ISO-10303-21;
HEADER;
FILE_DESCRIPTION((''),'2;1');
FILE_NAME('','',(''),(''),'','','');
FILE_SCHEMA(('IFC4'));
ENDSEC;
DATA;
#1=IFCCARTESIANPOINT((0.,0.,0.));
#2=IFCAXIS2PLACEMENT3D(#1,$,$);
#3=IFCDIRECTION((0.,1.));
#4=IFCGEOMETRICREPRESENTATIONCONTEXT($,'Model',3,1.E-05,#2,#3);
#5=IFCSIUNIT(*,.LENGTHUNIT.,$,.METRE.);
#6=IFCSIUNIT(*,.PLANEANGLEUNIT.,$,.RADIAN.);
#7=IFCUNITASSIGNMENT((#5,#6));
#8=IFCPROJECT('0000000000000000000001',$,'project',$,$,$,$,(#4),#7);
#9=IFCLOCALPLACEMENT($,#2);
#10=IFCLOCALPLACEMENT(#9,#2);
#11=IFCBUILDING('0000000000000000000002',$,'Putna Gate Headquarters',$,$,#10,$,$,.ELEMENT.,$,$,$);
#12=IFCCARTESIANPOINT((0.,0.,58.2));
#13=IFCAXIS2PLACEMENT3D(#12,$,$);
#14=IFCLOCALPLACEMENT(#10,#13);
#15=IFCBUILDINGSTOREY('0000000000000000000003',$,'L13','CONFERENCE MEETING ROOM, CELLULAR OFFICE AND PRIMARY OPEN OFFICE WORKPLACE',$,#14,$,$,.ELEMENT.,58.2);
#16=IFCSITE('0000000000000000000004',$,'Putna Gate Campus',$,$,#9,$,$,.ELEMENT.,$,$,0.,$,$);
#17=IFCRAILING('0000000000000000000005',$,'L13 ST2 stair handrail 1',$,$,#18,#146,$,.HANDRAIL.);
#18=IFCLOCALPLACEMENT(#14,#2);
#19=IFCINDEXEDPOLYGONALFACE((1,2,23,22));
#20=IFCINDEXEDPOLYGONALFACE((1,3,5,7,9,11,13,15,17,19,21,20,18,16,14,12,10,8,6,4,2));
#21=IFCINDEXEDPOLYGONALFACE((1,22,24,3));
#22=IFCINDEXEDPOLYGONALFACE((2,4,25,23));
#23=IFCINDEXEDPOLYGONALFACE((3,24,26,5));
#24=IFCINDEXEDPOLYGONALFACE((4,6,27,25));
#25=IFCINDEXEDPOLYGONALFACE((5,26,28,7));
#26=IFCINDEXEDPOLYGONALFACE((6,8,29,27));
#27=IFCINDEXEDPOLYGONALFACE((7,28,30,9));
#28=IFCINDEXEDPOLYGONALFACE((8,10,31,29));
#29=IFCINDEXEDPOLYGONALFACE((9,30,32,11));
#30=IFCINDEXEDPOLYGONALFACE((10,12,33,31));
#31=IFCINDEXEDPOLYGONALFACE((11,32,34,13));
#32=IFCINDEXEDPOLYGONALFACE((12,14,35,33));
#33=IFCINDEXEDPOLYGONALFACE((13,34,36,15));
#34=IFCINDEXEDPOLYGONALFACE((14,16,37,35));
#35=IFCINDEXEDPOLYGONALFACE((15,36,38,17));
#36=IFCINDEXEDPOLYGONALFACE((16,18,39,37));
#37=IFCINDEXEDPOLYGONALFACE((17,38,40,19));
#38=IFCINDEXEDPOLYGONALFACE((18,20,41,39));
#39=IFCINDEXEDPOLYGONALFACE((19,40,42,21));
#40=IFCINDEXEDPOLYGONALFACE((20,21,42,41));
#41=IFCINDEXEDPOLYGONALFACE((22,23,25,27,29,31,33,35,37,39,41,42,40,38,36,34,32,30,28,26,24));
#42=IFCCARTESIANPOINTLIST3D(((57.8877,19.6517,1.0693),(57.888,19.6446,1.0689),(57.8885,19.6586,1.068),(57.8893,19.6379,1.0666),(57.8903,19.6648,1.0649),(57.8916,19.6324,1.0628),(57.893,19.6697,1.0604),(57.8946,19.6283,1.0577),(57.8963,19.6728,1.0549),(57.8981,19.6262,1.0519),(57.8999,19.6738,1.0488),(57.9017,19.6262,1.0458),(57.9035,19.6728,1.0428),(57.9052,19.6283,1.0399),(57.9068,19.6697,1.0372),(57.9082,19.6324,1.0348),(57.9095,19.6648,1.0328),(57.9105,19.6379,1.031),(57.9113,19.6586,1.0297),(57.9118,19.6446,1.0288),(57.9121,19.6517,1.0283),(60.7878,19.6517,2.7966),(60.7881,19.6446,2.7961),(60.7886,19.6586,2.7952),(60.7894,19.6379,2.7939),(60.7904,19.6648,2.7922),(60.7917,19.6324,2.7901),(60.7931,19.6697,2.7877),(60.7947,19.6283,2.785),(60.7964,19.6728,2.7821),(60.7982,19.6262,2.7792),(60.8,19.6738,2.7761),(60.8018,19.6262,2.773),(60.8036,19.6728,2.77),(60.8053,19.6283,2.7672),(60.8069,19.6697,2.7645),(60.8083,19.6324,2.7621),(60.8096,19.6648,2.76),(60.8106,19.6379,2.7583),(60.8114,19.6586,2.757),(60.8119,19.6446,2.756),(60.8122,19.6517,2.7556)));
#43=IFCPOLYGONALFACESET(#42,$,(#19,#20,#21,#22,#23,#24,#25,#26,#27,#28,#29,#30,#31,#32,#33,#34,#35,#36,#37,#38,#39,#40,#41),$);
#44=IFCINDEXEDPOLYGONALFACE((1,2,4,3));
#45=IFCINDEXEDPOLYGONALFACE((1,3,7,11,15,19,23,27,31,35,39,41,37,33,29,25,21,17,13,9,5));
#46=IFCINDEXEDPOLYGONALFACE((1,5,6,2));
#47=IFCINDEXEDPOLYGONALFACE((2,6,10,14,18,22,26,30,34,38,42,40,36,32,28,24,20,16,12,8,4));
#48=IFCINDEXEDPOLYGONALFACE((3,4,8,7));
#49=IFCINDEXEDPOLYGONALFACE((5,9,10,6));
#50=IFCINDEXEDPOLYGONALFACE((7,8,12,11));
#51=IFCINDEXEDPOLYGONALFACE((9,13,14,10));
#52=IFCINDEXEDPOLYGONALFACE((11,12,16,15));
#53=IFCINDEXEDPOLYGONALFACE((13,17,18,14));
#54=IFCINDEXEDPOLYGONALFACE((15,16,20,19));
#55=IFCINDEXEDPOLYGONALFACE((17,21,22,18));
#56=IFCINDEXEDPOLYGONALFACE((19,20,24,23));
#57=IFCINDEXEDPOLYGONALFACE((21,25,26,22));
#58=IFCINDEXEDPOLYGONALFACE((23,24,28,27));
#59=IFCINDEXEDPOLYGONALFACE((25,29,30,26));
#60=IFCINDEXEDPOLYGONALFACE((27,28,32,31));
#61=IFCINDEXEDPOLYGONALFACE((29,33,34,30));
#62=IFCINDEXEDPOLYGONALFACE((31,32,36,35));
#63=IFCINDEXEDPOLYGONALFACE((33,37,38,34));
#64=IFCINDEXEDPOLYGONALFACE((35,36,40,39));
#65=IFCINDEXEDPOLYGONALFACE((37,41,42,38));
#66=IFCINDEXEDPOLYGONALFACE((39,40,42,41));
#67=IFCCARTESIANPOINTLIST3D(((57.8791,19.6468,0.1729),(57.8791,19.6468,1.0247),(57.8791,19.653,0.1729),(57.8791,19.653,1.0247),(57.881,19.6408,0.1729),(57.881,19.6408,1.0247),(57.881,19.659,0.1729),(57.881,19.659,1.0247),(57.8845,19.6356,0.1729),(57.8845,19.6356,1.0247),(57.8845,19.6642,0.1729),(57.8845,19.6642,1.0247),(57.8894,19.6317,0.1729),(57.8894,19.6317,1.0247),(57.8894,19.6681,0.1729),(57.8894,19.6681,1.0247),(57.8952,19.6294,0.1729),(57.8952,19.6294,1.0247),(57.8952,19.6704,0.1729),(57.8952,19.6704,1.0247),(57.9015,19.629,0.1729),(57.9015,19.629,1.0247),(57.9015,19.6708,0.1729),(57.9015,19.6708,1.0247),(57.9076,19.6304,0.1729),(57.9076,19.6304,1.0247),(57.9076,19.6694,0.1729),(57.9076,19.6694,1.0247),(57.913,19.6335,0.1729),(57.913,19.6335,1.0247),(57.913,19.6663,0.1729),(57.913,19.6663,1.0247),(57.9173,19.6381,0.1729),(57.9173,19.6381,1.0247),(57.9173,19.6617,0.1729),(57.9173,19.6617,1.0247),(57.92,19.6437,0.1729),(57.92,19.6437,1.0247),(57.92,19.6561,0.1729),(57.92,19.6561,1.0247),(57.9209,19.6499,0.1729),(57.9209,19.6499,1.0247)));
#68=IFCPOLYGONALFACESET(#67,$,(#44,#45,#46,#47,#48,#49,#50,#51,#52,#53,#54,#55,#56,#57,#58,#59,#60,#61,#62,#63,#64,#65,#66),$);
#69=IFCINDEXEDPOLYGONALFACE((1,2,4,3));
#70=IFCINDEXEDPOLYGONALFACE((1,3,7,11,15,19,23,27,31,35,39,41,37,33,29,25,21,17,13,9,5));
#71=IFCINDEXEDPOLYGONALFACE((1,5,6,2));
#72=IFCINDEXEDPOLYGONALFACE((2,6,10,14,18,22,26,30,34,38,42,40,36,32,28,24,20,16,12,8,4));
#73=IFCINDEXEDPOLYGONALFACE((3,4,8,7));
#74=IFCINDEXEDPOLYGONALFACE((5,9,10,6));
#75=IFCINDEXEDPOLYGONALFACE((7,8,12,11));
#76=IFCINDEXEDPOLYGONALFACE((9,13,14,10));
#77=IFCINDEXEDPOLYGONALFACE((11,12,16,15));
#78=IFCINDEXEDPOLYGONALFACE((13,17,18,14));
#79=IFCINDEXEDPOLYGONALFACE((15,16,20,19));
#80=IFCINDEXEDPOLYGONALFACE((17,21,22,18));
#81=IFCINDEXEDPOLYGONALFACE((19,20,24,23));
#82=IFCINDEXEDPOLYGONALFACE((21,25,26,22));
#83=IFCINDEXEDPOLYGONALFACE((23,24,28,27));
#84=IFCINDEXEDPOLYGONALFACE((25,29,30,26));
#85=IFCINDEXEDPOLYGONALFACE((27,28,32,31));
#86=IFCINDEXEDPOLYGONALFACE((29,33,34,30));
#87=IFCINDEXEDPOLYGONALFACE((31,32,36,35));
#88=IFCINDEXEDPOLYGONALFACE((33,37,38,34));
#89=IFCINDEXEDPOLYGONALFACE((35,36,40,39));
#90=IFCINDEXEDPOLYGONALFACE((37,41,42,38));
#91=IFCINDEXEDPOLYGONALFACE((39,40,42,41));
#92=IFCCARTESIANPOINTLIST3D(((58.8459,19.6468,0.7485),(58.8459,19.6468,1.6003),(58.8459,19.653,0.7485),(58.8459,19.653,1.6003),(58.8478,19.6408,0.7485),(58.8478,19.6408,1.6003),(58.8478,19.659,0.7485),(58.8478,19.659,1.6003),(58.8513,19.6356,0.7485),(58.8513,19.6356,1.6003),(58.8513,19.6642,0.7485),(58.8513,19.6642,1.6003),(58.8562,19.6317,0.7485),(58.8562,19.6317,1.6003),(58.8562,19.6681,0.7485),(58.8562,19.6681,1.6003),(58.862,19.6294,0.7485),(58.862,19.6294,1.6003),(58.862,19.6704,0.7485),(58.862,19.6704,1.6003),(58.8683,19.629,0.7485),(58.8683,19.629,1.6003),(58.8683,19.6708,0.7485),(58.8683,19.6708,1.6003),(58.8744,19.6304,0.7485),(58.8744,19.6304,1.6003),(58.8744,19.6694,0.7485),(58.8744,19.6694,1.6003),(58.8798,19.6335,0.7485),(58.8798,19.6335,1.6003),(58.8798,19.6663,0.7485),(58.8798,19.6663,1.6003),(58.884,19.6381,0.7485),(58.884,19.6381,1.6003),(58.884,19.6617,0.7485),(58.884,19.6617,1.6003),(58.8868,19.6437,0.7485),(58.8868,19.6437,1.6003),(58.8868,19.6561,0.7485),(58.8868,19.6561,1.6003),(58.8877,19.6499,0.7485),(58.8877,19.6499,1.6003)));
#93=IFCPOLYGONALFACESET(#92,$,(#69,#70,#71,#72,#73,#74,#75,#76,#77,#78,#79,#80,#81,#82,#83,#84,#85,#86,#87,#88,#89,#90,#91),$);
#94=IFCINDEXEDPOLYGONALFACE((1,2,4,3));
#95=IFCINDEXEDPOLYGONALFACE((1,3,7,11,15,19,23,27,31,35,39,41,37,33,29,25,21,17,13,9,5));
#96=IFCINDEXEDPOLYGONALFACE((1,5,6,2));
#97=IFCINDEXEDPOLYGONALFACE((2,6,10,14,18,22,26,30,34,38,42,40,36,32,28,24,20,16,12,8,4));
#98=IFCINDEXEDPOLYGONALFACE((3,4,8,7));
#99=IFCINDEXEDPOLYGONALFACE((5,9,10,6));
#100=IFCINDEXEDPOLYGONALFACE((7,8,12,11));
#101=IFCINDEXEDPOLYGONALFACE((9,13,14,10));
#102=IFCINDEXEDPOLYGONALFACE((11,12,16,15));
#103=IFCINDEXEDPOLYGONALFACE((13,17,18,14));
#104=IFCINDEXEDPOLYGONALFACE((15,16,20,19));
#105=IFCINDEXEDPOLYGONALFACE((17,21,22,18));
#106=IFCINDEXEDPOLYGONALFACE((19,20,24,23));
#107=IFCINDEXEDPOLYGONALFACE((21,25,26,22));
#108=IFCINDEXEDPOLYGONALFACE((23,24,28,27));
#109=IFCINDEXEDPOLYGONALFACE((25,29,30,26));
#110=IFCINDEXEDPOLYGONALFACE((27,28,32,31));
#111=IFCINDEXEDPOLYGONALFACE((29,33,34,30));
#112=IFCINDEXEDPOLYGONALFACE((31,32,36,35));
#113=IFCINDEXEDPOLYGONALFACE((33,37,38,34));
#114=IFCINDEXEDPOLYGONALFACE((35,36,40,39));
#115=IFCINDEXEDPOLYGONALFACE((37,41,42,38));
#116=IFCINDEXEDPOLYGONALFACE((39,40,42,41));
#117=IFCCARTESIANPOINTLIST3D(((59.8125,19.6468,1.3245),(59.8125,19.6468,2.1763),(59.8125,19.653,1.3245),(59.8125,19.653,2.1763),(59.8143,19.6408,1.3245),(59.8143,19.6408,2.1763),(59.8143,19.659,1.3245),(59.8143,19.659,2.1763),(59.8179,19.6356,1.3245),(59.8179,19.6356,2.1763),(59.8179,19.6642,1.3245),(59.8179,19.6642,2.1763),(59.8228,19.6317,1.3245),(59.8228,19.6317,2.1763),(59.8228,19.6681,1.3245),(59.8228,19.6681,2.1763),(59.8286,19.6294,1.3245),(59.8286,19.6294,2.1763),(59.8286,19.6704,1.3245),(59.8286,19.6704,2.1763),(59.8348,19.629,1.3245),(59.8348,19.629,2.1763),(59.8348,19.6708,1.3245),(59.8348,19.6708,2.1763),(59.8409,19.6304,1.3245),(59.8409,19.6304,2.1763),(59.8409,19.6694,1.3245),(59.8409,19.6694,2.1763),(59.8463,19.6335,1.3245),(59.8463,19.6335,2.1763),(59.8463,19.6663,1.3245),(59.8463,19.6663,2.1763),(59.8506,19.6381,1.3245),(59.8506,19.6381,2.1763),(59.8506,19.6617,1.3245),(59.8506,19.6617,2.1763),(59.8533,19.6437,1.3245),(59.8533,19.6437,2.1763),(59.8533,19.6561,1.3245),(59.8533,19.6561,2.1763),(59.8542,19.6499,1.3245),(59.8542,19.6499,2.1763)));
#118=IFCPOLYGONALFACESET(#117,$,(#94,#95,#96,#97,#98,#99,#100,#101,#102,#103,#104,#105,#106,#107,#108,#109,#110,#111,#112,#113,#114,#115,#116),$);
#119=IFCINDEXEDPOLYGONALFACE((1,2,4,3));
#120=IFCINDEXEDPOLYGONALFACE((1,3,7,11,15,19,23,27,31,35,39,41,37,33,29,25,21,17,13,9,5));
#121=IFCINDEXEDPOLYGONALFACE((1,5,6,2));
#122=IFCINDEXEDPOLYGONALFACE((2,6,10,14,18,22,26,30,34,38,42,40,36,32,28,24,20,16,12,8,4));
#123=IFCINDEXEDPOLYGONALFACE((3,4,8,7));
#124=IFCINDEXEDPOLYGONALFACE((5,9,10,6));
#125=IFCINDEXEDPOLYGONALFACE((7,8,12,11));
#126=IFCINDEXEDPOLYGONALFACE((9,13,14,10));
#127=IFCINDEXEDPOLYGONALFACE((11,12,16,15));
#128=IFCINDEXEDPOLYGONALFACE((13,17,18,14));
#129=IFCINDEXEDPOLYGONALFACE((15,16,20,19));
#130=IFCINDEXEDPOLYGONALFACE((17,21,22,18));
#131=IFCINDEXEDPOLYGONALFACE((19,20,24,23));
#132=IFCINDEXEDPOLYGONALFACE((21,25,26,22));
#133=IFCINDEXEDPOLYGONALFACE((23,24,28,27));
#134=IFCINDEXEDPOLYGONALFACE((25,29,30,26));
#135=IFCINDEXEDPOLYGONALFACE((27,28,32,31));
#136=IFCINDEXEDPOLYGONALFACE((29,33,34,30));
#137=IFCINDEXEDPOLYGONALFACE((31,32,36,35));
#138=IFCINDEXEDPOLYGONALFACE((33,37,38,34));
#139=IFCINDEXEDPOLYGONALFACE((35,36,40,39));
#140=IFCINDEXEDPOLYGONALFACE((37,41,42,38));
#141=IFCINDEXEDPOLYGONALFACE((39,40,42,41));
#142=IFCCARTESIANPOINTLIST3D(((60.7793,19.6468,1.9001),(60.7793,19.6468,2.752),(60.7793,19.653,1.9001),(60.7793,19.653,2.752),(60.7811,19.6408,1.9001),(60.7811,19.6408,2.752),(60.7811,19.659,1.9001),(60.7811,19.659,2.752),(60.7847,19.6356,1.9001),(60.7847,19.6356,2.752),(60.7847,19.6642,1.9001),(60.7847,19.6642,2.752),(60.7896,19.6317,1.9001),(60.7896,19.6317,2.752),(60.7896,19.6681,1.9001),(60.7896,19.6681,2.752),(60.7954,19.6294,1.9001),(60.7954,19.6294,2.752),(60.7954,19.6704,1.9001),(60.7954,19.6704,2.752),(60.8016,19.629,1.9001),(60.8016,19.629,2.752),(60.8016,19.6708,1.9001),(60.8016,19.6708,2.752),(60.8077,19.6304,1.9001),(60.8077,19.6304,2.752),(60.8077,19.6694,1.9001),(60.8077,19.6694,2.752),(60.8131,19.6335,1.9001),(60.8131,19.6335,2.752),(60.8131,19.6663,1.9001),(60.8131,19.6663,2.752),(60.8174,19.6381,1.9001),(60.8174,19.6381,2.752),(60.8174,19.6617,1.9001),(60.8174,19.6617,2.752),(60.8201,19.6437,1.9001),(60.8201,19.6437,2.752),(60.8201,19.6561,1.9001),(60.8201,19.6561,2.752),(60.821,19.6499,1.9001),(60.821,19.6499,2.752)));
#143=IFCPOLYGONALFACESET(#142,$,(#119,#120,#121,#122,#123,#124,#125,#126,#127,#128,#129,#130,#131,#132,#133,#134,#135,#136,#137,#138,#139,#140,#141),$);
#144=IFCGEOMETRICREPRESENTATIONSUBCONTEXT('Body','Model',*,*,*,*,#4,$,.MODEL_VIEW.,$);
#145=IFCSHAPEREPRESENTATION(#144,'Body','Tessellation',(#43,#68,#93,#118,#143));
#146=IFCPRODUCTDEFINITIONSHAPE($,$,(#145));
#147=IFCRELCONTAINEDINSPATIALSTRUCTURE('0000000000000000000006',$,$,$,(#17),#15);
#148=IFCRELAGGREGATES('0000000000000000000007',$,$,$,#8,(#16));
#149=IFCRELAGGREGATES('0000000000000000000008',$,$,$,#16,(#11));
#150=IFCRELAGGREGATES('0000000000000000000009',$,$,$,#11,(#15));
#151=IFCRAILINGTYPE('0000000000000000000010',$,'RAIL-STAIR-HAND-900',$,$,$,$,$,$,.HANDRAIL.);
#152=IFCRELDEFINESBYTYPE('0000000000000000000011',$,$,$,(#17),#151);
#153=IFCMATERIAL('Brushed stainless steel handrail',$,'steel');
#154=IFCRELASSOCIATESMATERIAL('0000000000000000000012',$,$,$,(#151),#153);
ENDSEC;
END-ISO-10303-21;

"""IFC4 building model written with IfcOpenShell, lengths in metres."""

from ifc_helpers import new_model, si_unit, direction, frame, origin, origin_2d, place, context, subcontext, project, spatial, circle, extrude, material, type_object, element, save


model = new_model("IFC4")

# Units and contexts
model_context = context("Model", 3, precision=1e-05, world=origin(), true_north=direction((0.0, 1.0)))
body_context = subcontext(model_context, "Body", "Model", "MODEL_VIEW")
ifc_project = project(units=[si_unit("LENGTHUNIT", "METRE"), si_unit("PLANEANGLEUNIT", "RADIAN")], contexts=[model_context])

# Site, building, storey
site_placement = place(None, origin())
site = spatial("IfcSite", under=ifc_project, at=site_placement, Name="Putna Gate Campus", CompositionType="ELEMENT", RefElevation=0.0)
building_placement = place(site_placement, origin())
building = spatial("IfcBuilding", under=site, at=building_placement, Name="Putna Gate Headquarters", CompositionType="ELEMENT")
storey_placement = place(building_placement, frame((0.0, 0.0, 58.2)))
storey = spatial("IfcBuildingStorey", under=building, at=storey_placement, Name="L13", Description="CONFERENCE MEETING ROOM, CELLULAR OFFICE AND PRIMARY OPEN OFFICE WORKPLACE", CompositionType="ELEMENT", Elevation=58.2)

# Railing
ifc_material_1 = material(Name="Brushed stainless steel handrail", Category="steel")
railing_type_1 = type_object("IfcRailingType", Name="RAIL-STAIR-HAND-900", PredefinedType="HANDRAIL", material=ifc_material_1)
railing_1_placement = place(storey_placement, frame((57.8999, 19.6499, 0.1729)))
element("IfcRailing", 1, at=railing_1_placement, inside=storey, type_object=railing_type_1, Name="L13 ST2 stair handrail 1", PredefinedType="HANDRAIL", context=body_context, shape_type="SweptSolid", body=[
    extrude(circle(Radius=0.0239, at=origin_2d()), frame((0.0, 0.0, 0.876), z_axis=(0.85916, 0.0, 0.511706), x_axis=(0.0, 1.0, 0.0)), (0.0, 0.0, 1.0), 3.3755),
    extrude(circle(Radius=0.021, at=origin_2d()), origin(), (0.0, 0.0, 1.0), 0.8518),
    extrude(circle(Radius=0.021, at=origin_2d()), frame((0.9668, 0.0, 0.5757)), (0.0, 0.0, 1.0), 0.8518),
    extrude(circle(Radius=0.021, at=origin_2d()), frame((1.9333, 0.0, 1.1516)), (0.0, 0.0, 1.0), 0.8518),
    extrude(circle(Radius=0.021, at=origin_2d()), frame((2.9001, 0.0, 1.7273)), (0.0, 0.0, 1.0), 0.8518),
])

save(model, "model.ifc")
